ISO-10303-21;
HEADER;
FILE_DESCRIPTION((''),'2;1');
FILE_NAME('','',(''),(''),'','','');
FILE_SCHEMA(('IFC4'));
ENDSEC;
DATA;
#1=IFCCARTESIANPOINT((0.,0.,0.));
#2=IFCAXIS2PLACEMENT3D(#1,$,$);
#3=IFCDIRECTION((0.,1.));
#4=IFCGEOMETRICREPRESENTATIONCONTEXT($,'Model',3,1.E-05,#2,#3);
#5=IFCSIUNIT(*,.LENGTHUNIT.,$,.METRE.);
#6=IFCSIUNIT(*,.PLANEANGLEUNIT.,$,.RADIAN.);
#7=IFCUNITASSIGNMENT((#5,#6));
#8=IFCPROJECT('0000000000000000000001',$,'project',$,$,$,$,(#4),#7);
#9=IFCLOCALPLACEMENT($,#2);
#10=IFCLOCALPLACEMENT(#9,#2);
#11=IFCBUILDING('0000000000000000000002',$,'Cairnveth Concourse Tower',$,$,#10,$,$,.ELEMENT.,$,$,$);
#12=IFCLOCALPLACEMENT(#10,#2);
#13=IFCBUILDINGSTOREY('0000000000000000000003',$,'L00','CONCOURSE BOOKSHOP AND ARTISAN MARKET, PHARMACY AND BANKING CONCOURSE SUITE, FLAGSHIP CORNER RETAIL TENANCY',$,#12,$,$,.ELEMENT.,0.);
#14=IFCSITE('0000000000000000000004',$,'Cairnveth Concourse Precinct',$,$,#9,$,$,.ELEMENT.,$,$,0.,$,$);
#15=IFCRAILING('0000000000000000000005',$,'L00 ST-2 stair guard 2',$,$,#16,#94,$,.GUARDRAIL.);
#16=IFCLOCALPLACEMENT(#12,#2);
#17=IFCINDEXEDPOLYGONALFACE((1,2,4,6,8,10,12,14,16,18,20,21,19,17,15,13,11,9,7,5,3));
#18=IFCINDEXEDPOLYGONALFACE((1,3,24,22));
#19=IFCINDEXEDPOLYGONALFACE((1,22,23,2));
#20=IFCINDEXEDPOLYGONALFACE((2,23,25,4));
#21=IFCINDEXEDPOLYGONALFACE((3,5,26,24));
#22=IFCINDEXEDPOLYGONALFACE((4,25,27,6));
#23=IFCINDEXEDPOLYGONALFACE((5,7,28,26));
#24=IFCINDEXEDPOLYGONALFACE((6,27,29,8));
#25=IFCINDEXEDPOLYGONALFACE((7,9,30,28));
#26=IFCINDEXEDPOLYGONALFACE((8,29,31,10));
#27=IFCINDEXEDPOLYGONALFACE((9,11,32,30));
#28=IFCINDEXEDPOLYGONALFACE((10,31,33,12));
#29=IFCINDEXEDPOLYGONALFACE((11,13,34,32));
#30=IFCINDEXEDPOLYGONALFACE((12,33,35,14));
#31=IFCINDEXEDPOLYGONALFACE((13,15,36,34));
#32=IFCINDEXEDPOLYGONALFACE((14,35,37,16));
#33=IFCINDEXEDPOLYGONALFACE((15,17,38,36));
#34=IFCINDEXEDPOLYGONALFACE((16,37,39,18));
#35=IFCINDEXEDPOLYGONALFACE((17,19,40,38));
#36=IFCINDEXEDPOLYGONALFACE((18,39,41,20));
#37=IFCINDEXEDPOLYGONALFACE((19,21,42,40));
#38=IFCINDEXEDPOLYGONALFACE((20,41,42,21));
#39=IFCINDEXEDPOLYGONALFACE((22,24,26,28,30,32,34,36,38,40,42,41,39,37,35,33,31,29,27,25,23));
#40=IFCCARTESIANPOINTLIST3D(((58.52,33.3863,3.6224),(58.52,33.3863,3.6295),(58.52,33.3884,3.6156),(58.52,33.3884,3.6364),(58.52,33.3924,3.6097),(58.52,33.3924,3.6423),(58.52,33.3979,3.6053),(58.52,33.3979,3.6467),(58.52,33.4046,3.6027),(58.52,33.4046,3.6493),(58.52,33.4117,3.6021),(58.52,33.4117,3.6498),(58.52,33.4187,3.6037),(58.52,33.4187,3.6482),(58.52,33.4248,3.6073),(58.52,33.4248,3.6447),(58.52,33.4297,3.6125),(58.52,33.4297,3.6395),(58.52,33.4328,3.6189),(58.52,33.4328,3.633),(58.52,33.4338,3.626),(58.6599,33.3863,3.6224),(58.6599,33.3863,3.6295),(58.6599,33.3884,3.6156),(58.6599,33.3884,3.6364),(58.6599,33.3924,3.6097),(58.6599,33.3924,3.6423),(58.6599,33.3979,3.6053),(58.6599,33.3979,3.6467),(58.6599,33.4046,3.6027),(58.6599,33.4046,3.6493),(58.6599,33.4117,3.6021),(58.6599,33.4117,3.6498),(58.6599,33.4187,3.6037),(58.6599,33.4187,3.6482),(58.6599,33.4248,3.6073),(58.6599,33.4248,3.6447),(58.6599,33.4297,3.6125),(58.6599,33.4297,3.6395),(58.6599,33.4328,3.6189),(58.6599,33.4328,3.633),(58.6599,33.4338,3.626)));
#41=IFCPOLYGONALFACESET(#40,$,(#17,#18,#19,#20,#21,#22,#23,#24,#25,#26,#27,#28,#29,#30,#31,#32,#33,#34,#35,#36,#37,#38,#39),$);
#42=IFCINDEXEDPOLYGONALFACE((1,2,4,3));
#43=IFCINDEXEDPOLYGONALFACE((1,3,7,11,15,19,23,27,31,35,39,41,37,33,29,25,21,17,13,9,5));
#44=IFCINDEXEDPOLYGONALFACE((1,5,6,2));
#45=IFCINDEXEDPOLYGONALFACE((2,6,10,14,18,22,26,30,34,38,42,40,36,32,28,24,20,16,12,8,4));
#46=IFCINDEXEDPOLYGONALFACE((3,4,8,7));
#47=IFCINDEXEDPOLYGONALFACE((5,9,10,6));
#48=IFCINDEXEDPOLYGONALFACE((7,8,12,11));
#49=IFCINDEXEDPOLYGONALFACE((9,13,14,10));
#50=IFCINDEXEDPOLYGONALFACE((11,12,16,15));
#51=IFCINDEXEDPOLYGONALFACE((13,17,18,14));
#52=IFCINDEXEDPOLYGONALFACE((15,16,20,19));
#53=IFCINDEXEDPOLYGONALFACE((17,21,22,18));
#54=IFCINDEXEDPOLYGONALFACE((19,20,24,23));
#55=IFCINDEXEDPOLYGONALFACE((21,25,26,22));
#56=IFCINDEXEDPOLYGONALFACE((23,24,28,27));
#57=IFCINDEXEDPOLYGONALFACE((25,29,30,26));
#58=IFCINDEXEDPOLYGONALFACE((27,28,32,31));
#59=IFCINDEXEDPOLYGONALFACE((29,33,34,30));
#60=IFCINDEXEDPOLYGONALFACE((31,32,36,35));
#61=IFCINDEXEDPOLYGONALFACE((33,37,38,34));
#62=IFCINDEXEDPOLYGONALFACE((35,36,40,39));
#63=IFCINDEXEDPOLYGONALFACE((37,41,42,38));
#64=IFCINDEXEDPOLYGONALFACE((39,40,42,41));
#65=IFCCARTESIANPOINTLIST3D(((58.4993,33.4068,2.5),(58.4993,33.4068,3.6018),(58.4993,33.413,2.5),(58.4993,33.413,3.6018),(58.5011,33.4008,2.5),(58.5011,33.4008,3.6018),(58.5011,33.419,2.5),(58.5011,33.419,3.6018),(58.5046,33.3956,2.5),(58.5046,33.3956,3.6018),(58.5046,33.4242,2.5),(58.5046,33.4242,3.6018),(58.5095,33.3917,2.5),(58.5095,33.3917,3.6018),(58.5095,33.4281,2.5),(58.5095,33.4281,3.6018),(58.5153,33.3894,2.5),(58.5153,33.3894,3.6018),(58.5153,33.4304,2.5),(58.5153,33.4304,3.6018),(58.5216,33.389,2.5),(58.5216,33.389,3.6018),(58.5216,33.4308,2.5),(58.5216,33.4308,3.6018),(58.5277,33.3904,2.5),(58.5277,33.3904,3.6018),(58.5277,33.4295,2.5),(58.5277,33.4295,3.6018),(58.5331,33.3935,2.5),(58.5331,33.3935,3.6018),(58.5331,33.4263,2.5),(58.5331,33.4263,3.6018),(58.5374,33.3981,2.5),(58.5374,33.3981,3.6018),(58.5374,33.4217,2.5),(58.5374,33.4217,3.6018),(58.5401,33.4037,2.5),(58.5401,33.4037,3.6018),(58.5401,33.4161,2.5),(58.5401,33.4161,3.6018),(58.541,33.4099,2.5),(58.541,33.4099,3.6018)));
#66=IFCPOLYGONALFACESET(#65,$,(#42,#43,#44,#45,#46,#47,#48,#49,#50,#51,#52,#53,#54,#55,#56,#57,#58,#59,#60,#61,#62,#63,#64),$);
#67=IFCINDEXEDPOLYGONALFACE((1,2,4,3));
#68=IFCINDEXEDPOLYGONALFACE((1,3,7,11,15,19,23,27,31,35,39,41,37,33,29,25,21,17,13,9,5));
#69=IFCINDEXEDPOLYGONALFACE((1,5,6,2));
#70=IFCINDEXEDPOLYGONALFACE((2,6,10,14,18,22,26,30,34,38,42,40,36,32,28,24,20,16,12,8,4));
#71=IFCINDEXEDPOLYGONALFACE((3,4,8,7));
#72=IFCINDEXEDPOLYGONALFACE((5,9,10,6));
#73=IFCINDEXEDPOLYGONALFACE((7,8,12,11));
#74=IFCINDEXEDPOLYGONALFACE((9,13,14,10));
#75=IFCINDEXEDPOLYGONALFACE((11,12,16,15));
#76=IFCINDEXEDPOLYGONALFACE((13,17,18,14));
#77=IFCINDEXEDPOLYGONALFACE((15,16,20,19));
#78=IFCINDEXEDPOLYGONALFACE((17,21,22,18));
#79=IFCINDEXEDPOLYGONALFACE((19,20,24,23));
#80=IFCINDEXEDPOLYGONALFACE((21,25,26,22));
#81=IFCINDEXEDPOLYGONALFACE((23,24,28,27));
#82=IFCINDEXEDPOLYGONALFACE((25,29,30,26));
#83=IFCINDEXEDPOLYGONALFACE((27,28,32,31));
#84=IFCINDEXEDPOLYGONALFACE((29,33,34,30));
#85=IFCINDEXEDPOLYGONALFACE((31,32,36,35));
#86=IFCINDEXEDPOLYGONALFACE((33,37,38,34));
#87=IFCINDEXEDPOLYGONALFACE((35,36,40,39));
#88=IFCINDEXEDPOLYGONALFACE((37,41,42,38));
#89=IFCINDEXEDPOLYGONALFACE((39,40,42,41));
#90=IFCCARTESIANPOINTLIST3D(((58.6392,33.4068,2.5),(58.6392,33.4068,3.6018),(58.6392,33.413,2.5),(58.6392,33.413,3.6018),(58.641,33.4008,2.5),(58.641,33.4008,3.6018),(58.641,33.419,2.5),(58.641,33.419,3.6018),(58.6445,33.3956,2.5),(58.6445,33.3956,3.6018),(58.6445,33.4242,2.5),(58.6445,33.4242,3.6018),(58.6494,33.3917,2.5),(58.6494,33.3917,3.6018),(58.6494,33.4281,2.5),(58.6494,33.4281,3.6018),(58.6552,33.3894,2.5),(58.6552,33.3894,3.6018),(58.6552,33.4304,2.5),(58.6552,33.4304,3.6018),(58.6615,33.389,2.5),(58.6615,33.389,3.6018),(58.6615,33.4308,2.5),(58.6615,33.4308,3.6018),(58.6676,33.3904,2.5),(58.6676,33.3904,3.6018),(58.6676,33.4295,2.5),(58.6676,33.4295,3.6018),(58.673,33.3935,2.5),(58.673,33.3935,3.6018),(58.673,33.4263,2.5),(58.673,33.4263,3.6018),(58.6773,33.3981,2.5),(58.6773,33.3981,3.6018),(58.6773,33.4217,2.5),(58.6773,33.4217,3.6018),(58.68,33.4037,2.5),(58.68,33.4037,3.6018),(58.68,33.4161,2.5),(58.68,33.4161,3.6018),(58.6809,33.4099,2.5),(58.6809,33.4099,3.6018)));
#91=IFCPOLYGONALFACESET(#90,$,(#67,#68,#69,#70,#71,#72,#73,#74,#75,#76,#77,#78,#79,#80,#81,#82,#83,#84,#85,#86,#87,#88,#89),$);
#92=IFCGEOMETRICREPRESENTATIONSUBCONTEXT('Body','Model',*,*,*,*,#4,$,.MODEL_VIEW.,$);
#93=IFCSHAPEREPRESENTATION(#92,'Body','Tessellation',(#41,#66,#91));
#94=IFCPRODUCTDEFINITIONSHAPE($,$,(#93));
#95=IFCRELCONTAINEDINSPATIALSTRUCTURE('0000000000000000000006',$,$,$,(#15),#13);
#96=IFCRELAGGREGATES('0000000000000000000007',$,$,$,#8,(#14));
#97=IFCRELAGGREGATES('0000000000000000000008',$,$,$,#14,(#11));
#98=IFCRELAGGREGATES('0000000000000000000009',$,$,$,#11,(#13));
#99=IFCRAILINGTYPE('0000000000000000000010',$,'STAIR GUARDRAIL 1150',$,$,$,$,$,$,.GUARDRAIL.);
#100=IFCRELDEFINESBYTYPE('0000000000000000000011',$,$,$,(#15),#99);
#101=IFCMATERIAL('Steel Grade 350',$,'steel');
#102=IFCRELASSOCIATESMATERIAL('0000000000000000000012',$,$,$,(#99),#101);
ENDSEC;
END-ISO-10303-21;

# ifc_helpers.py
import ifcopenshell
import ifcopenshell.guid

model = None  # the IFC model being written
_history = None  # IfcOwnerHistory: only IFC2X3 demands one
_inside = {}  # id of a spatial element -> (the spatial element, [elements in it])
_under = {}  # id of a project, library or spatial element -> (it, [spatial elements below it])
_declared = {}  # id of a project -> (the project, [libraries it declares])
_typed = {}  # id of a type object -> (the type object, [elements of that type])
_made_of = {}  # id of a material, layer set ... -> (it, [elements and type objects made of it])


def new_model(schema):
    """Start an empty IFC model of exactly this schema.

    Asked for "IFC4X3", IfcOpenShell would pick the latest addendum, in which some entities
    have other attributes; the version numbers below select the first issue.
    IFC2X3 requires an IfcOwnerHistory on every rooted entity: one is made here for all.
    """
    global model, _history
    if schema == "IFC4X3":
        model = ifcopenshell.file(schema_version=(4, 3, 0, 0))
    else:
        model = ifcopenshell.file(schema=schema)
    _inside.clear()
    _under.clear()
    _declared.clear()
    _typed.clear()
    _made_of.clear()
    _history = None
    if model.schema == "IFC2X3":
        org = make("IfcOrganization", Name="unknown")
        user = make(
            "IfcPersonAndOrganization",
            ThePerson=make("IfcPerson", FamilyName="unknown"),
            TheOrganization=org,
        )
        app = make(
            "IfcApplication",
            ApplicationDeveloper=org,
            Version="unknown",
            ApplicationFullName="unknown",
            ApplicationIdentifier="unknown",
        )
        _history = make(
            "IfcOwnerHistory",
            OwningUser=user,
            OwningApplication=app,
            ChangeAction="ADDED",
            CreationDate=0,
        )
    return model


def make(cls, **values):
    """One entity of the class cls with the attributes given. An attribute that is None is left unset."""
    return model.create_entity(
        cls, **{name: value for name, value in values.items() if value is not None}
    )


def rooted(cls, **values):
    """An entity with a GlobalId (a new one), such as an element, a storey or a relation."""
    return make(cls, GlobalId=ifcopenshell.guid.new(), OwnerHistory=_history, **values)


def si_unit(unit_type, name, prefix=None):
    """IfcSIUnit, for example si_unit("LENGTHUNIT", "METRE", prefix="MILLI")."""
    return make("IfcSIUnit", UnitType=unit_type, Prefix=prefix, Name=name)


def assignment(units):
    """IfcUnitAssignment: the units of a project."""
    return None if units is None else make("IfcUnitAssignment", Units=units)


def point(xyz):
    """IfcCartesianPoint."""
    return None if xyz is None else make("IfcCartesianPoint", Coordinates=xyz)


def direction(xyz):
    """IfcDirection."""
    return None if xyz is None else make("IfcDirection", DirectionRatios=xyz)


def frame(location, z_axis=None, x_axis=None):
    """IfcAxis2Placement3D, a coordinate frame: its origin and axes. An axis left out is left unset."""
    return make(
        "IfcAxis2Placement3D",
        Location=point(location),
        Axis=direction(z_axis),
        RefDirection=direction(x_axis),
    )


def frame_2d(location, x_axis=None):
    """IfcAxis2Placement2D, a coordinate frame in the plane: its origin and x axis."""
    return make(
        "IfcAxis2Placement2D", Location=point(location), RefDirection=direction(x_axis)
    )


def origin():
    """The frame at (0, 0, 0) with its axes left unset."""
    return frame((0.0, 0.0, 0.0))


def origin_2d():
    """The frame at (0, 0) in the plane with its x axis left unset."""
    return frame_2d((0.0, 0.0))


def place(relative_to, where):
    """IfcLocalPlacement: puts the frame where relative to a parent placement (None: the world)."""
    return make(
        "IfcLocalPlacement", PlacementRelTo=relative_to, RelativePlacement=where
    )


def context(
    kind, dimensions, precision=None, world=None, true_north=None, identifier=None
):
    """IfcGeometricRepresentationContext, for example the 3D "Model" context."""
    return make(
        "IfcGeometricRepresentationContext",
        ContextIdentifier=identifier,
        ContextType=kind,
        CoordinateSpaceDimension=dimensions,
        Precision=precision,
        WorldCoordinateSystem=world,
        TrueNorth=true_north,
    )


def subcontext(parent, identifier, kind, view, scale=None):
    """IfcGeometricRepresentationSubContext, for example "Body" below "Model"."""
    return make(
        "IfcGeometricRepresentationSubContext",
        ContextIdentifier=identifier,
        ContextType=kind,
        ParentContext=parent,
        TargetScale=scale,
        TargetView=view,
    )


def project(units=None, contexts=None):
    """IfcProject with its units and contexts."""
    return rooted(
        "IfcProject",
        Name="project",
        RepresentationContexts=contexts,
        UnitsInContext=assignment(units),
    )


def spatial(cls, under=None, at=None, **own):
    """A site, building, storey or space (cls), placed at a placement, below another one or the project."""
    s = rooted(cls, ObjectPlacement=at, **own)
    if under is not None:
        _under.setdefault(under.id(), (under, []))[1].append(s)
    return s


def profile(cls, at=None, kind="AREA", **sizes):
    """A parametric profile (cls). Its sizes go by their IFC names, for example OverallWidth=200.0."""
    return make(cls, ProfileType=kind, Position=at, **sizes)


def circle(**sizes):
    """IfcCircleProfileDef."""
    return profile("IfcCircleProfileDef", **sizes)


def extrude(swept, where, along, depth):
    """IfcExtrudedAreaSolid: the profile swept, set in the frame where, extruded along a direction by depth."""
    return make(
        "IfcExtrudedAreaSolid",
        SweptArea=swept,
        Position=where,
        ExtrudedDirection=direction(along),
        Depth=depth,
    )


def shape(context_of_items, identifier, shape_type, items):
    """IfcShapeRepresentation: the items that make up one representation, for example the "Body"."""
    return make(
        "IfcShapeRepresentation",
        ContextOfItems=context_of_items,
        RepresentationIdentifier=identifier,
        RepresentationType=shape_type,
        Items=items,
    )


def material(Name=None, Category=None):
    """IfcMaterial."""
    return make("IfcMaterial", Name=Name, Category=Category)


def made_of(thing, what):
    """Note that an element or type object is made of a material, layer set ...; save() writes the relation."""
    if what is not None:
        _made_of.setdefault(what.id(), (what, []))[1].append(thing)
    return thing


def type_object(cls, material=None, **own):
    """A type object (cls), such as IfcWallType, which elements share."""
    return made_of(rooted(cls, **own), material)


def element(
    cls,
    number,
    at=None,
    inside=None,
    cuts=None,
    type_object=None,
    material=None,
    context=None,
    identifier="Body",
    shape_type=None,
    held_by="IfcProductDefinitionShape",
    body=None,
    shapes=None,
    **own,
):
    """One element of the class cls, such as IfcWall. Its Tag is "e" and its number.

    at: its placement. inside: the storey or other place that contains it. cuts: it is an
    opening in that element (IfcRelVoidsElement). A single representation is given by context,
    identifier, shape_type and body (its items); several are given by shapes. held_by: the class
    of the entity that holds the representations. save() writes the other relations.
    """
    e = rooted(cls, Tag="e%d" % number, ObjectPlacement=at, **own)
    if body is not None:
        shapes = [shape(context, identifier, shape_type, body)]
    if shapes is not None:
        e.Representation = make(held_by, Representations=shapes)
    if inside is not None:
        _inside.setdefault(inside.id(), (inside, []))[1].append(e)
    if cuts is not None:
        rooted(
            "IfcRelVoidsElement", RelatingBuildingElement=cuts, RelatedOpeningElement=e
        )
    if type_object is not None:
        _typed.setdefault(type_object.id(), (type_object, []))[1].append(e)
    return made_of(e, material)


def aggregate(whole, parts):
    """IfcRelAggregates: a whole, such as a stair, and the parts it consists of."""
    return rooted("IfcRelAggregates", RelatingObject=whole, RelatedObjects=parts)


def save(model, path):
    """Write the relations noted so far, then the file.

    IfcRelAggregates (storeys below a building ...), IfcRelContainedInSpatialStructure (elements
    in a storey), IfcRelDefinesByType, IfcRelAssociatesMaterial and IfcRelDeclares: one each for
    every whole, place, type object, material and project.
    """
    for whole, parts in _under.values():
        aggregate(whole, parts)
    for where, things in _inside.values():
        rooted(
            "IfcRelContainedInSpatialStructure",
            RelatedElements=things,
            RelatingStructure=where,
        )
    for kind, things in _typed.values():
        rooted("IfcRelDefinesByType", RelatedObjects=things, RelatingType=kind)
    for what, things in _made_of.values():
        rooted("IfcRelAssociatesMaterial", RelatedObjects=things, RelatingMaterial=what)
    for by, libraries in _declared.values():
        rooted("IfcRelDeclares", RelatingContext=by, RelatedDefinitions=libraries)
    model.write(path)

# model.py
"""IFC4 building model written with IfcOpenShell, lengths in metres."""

from ifc_helpers import new_model, si_unit, direction, frame, origin, origin_2d, place, context, subcontext, project, spatial, circle, extrude, material, type_object, element, save


model = new_model("IFC4")

# Units and contexts
model_context = context("Model", 3, precision=1e-05, world=origin(), true_north=direction((0.0, 1.0)))
body_context = subcontext(model_context, "Body", "Model", "MODEL_VIEW")
ifc_project = project(units=[si_unit("LENGTHUNIT", "METRE"), si_unit("PLANEANGLEUNIT", "RADIAN")], contexts=[model_context])

# Site, building, storey
site_placement = place(None, origin())
site = spatial("IfcSite", under=ifc_project, at=site_placement, Name="Cairnveth Concourse Precinct", CompositionType="ELEMENT", RefElevation=0.0)
building_placement = place(site_placement, origin())
building = spatial("IfcBuilding", under=site, at=building_placement, Name="Cairnveth Concourse Tower", CompositionType="ELEMENT")
storey_placement = place(building_placement, origin())
storey = spatial("IfcBuildingStorey", under=building, at=storey_placement, Name="L00", Description="CONCOURSE BOOKSHOP AND ARTISAN MARKET, PHARMACY AND BANKING CONCOURSE SUITE, FLAGSHIP CORNER RETAIL TENANCY", CompositionType="ELEMENT", Elevation=0.0)

# Shared definitions
ifc_material_1 = material(Name="Steel Grade 350", Category="steel")

# Railing
railing_type_1 = type_object("IfcRailingType", Name="STAIR GUARDRAIL 1150", PredefinedType="GUARDRAIL", material=ifc_material_1)
railing_1_placement = place(storey_placement, frame((58.52, 33.4099, 2.5)))
element("IfcRailing", 1, at=railing_1_placement, inside=storey, type_object=railing_type_1, Name="L00 ST-2 stair guard 2", PredefinedType="GUARDRAIL", context=body_context, shape_type="SweptSolid", body=[
    extrude(circle(Radius=0.0239, at=origin_2d()), frame((0.0, 0.0, 1.126), z_axis=(1.0, 0.0, 0.0), x_axis=(0.0, 1.0, 0.0)), (0.0, 0.0, 1.0), 0.1399),
    extrude(circle(Radius=0.021, at=origin_2d()), origin(), (0.0, 0.0, 1.0), 1.1018),
    extrude(circle(Radius=0.021, at=origin_2d()), frame((0.1399, 0.0, 0.0)), (0.0, 0.0, 1.0), 1.1018),
])

save(model, "model.ifc")
